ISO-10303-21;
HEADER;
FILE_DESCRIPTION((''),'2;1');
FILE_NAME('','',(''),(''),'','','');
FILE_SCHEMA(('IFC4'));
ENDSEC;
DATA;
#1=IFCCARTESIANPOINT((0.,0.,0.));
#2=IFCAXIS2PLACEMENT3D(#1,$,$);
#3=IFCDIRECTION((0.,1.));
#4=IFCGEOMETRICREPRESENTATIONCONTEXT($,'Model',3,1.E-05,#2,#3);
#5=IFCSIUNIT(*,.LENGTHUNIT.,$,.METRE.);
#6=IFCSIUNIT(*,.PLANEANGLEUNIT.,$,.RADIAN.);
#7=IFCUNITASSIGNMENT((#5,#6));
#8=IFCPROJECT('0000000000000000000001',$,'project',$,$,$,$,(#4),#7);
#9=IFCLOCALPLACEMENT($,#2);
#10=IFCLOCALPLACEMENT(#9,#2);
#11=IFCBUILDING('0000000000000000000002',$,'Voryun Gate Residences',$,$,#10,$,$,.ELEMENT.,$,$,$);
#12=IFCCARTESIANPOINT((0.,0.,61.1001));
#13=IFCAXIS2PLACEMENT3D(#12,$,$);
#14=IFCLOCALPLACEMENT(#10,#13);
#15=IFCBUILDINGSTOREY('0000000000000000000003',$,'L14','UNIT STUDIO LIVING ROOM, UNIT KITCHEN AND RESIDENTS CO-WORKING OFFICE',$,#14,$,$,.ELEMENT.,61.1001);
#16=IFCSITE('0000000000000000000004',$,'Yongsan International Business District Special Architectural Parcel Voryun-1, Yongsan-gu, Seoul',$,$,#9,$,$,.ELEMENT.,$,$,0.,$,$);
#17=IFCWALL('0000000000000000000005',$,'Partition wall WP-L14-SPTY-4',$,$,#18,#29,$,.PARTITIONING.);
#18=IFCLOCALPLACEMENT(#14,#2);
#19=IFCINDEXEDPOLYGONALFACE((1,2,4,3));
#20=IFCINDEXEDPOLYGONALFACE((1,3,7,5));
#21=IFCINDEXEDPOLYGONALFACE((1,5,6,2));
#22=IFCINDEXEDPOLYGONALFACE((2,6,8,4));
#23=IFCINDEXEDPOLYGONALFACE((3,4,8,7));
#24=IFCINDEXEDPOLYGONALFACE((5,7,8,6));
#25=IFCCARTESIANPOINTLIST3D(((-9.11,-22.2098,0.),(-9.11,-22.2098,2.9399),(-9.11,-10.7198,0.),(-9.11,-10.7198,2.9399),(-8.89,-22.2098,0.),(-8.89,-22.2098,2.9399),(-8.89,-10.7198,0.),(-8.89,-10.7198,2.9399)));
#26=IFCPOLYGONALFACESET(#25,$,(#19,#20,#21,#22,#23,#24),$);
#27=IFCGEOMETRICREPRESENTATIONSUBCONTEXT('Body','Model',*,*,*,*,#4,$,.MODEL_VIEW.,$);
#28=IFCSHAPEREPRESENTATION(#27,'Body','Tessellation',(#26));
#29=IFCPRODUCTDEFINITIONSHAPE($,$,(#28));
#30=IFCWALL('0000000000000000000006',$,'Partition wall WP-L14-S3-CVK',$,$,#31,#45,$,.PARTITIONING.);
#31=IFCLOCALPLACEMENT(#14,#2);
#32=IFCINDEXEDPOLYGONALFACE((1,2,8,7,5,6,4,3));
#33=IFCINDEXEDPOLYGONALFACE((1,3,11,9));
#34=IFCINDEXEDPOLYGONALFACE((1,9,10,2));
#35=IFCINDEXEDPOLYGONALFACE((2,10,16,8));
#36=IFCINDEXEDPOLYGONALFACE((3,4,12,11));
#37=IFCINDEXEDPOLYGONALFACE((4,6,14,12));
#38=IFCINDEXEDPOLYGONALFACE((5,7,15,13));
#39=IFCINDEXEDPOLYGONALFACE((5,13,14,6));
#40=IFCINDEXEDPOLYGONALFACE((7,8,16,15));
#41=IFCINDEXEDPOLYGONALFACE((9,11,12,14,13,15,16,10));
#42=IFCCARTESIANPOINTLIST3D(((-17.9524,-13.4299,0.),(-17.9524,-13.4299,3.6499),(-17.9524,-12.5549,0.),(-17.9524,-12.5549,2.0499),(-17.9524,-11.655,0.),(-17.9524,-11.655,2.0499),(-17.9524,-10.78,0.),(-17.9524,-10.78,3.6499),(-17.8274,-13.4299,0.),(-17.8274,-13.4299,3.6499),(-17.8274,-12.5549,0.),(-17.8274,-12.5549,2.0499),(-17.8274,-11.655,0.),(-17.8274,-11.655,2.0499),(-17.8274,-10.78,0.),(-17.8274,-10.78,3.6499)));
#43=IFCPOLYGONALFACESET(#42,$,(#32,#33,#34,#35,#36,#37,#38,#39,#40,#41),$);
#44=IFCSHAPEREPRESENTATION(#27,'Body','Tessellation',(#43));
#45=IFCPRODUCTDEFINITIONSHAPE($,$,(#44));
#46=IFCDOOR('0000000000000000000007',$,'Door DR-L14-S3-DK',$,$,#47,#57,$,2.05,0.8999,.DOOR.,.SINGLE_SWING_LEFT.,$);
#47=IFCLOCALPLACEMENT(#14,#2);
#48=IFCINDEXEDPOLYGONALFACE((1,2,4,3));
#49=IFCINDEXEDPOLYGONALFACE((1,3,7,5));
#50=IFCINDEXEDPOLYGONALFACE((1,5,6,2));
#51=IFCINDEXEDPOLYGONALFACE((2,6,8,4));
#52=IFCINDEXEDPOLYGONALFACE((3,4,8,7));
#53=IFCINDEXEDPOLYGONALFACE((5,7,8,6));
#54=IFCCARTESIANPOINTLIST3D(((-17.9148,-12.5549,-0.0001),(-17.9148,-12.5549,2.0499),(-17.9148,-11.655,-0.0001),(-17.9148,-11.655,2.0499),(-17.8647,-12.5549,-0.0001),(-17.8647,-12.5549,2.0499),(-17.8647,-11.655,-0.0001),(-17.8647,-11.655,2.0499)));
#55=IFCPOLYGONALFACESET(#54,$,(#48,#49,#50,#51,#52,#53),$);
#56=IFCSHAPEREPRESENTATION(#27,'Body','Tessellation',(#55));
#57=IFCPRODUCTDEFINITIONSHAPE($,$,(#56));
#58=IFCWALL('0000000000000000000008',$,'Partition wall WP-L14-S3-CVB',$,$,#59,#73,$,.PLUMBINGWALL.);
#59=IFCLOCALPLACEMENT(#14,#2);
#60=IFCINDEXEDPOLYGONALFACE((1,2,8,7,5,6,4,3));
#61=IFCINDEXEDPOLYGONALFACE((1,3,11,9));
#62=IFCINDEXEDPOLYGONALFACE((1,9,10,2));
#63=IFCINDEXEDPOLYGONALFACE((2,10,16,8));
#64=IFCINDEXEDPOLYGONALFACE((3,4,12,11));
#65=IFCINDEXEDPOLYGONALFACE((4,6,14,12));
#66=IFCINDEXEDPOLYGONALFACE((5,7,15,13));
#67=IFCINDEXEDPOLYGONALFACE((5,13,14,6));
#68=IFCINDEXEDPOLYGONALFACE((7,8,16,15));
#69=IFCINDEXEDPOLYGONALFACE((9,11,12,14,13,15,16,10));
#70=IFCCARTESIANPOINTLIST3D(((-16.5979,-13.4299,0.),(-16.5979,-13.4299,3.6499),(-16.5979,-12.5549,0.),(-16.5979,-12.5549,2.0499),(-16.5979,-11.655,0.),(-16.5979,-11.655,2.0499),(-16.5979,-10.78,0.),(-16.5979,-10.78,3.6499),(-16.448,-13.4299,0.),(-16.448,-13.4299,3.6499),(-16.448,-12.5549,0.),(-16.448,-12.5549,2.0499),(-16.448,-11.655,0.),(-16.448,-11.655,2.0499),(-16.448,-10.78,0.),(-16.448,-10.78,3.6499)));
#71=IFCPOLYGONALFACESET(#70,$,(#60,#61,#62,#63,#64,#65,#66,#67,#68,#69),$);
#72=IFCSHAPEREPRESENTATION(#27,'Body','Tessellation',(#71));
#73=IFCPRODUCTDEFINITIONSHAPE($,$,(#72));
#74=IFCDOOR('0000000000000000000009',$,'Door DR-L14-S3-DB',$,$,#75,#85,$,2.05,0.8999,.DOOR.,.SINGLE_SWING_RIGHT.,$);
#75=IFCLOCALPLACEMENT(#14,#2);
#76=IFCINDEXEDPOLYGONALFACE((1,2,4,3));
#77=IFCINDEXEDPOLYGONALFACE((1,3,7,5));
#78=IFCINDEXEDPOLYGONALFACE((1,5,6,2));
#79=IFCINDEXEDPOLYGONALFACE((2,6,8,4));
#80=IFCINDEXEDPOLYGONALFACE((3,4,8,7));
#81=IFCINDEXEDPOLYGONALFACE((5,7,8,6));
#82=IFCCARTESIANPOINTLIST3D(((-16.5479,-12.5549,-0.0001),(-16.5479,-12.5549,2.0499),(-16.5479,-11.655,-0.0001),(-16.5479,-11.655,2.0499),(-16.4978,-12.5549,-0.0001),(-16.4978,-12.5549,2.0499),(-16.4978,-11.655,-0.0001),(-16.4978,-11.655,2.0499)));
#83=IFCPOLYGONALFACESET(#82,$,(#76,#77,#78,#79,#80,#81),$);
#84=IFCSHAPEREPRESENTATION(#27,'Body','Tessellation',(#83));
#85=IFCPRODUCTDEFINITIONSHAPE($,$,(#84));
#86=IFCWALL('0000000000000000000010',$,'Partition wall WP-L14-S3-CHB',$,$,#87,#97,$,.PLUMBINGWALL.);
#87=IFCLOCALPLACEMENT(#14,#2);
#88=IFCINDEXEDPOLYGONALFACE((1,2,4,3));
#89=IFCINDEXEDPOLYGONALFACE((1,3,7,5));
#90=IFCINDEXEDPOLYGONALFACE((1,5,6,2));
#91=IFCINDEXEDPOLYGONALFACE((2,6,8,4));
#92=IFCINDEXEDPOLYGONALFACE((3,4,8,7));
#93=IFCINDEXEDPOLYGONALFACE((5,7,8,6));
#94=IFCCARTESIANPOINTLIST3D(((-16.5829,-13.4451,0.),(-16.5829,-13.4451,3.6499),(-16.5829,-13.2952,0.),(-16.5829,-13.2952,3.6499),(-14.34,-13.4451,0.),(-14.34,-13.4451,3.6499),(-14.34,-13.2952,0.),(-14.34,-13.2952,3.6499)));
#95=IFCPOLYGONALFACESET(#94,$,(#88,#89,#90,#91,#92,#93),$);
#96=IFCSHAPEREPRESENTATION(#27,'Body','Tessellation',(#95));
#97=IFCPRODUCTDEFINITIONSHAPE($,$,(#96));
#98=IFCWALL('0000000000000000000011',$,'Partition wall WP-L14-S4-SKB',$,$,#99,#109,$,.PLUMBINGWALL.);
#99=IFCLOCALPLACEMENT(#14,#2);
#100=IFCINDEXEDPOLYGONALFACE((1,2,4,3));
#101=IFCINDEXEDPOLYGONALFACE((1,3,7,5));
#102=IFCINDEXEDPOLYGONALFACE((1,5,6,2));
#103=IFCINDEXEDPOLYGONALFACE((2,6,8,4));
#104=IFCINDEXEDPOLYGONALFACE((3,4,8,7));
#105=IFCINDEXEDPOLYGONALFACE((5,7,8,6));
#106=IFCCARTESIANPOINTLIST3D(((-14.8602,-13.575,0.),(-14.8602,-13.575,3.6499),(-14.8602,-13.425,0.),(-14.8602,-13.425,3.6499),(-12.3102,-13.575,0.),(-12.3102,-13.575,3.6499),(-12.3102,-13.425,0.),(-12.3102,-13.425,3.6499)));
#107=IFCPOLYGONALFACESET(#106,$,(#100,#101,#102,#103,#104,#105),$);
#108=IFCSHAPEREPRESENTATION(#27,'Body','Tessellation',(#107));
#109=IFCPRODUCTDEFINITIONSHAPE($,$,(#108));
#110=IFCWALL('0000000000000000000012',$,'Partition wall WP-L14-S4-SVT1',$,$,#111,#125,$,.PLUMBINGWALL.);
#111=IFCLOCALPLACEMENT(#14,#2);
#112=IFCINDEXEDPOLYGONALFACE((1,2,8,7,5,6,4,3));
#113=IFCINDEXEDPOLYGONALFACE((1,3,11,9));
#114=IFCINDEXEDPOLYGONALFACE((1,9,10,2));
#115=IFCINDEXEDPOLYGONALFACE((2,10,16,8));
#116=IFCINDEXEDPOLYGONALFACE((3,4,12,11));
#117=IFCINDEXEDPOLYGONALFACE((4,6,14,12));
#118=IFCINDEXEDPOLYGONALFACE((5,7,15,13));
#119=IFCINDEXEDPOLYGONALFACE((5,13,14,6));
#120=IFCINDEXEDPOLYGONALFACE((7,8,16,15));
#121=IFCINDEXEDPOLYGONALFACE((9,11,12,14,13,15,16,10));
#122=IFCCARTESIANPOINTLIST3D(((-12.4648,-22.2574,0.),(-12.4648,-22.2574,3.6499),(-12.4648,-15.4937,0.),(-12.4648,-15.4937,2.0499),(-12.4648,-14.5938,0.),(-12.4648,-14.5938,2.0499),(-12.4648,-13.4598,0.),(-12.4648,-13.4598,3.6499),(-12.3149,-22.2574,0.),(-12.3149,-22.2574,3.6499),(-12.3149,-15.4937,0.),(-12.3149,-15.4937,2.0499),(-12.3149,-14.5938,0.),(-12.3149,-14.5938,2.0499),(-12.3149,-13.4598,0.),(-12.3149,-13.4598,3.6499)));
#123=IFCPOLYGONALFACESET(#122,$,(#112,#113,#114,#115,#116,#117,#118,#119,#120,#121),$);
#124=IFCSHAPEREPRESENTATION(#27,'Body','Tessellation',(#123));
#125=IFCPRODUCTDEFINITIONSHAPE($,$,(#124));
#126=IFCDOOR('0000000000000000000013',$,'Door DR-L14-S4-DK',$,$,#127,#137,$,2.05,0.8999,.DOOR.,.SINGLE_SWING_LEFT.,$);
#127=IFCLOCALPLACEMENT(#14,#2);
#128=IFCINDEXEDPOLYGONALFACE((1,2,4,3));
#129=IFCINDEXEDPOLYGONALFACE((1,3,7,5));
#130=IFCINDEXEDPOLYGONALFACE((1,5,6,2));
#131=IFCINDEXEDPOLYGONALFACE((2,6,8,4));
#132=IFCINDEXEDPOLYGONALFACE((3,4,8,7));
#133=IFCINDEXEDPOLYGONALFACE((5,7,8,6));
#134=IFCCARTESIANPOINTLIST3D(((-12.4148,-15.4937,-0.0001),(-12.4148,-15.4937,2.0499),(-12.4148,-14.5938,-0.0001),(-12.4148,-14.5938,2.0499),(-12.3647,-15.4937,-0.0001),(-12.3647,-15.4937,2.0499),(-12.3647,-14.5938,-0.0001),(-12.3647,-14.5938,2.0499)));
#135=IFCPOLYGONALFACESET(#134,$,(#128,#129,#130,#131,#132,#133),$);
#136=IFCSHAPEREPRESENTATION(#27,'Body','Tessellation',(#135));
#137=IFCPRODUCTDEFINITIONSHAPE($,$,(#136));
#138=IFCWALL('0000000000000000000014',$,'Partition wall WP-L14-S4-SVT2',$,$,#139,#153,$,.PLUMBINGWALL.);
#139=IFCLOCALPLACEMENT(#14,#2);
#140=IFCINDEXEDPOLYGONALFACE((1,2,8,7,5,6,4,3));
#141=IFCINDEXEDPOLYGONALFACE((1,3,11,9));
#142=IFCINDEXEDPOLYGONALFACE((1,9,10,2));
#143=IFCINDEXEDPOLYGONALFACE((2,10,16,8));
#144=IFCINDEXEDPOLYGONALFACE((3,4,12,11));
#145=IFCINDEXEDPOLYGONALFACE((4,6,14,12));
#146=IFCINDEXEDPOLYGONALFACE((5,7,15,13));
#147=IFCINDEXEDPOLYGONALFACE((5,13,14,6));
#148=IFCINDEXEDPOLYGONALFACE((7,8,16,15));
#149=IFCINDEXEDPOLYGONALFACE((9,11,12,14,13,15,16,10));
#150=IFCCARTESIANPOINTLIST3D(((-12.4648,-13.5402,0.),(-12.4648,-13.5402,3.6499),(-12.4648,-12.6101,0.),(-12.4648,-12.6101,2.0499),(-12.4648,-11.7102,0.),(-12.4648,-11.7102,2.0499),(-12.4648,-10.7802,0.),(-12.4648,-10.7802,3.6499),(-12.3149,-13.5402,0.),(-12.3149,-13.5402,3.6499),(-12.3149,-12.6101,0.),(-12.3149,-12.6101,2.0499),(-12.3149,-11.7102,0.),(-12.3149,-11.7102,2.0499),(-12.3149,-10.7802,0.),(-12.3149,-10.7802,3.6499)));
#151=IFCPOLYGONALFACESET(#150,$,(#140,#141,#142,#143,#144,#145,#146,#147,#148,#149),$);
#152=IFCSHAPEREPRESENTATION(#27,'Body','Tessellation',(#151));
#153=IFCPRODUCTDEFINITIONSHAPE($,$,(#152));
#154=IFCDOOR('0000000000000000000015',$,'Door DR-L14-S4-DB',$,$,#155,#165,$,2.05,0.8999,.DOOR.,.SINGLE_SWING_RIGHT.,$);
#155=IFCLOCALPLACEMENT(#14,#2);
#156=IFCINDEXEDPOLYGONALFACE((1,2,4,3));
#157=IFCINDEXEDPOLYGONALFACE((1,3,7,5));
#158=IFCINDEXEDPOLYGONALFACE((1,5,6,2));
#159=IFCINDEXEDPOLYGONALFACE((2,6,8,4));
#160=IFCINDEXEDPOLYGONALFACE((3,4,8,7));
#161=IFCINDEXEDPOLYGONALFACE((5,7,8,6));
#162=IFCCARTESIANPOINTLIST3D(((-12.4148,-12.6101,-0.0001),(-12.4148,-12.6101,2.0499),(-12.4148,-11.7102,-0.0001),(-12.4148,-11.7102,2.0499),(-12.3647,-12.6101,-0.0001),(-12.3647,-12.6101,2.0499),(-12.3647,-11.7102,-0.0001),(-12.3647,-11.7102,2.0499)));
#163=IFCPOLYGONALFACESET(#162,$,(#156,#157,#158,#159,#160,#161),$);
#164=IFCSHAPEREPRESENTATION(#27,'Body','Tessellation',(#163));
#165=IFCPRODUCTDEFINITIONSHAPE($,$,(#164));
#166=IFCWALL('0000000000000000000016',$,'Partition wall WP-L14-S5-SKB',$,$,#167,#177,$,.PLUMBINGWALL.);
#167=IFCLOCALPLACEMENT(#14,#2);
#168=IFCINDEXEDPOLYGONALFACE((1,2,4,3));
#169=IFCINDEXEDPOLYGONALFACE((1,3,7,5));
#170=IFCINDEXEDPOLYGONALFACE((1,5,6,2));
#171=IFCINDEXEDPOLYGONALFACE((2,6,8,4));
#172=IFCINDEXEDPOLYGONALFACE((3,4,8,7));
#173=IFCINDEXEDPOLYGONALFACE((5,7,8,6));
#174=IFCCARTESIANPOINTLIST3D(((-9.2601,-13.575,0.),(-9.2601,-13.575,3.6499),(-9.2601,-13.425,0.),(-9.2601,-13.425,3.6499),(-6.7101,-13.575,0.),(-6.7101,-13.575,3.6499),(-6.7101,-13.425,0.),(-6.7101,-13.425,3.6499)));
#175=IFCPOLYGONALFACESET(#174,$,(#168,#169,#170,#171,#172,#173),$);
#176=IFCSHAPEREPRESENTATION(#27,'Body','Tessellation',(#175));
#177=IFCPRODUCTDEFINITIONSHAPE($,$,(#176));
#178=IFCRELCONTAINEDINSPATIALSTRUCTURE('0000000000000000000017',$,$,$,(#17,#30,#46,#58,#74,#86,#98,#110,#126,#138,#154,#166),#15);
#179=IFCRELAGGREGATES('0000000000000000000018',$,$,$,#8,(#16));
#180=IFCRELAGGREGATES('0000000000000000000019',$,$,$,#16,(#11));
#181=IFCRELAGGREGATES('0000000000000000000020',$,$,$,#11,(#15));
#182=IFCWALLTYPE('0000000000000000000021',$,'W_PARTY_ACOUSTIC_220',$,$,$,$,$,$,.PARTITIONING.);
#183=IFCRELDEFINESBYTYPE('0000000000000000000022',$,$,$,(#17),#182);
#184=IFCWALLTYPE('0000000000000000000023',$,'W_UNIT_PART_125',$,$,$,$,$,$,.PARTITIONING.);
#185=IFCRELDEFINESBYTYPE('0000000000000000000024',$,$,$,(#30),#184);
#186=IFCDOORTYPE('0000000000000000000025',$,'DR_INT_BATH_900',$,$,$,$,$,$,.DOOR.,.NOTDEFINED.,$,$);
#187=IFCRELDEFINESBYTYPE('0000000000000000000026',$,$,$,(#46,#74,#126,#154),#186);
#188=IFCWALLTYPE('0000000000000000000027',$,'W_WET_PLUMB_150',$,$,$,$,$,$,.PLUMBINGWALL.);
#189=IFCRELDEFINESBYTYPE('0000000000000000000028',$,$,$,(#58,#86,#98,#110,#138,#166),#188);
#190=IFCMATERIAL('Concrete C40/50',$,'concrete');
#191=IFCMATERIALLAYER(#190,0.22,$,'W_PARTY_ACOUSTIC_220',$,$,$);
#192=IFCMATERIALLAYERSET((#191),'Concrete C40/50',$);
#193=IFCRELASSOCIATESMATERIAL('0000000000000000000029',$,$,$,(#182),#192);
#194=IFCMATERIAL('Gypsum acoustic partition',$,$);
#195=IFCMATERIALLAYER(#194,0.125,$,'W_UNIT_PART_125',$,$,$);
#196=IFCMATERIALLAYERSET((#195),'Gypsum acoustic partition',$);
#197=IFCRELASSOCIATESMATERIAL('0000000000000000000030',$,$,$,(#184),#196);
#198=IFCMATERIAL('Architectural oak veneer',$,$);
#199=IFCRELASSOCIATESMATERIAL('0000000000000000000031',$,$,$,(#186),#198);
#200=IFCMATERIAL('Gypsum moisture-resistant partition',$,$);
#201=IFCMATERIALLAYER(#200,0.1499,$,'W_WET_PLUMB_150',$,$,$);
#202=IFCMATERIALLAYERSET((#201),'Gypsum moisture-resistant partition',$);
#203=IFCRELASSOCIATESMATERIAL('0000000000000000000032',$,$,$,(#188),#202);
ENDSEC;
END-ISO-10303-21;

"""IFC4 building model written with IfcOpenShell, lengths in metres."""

from ifc_helpers import new_model, si_unit, direction, frame, frame_2d, origin, place, context, subcontext, project, spatial, rectangle, extrude, material, layer, layer_set, type_object, element, fill, save


model = new_model("IFC4")

# Units and contexts
model_context = context("Model", 3, precision=1e-05, world=origin(), true_north=direction((0.0, 1.0)))
body_context = subcontext(model_context, "Body", "Model", "MODEL_VIEW")
ifc_project = project(units=[si_unit("LENGTHUNIT", "METRE"), si_unit("PLANEANGLEUNIT", "RADIAN")], contexts=[model_context])

# Site, building, storey
site_placement = place(None, origin())
site = spatial("IfcSite", under=ifc_project, at=site_placement, Name="Yongsan International Business District Special Architectural Parcel Voryun-1, Yongsan-gu, Seoul", CompositionType="ELEMENT", RefElevation=0.0)
building_placement = place(site_placement, origin())
building = spatial("IfcBuilding", under=site, at=building_placement, Name="Voryun Gate Residences", CompositionType="ELEMENT")
storey_placement = place(building_placement, frame((0.0, 0.0, 61.1001)))
storey = spatial("IfcBuildingStorey", under=building, at=storey_placement, Name="L14", Description="UNIT STUDIO LIVING ROOM, UNIT KITCHEN AND RESIDENTS CO-WORKING OFFICE", CompositionType="ELEMENT", Elevation=61.1001)

# Wall
ifc_material_1 = material(Name="Concrete C40/50", Category="concrete")
ifc_layer_1 = layer(ifc_material_1, 0.22, Name="W_PARTY_ACOUSTIC_220")
ifc_layer_set_1 = layer_set([ifc_layer_1], Name="Concrete C40/50")
wall_type_1 = type_object("IfcWallType", Name="W_PARTY_ACOUSTIC_220", PredefinedType="PARTITIONING", material=ifc_layer_set_1)
wall_1_placement = place(storey_placement, frame((-9.0, -22.21, 0.0), z_axis=(0.0, 0.0, 1.0), x_axis=(0.0, 1.0, 0.0)))
element("IfcWall", 1, at=wall_1_placement, inside=storey, type_object=wall_type_1, Name="Partition wall WP-L14-SPTY-4", PredefinedType="PARTITIONING", context=body_context, shape_type="SweptSolid", body=[
    extrude(rectangle(XDim=11.49, YDim=0.22, at=frame_2d((5.7451, 0.0))), origin(), (0.0, 0.0, 1.0), 2.9399),
])

# Walls, openings, doors
ifc_material_2 = material(Name="Gypsum acoustic partition")
ifc_layer_2 = layer(ifc_material_2, 0.125, Name="W_UNIT_PART_125")
ifc_layer_set_2 = layer_set([ifc_layer_2], Name="Gypsum acoustic partition")
wall_type_2 = type_object("IfcWallType", Name="W_UNIT_PART_125", PredefinedType="PARTITIONING", material=ifc_layer_set_2)
wall_2_placement = place(storey_placement, frame((-17.8899, -13.4299, 0.0), z_axis=(0.0, 0.0, 1.0), x_axis=(0.0, 1.0, 0.0)))
wall_2 = element("IfcWall", 2, at=wall_2_placement, inside=storey, type_object=wall_type_2, Name="Partition wall WP-L14-S3-CVK", PredefinedType="PARTITIONING", context=body_context, shape_type="SweptSolid", body=[
    extrude(rectangle(XDim=2.6499, YDim=0.125, at=frame_2d((1.325, 0.0))), origin(), (0.0, 0.0, 1.0), 3.6499),
])
opening_1_placement = place(wall_2_placement, frame((0.875, 0.0, 0.0)))
opening_1 = element("IfcOpeningElement", 3, at=opening_1_placement, cuts=wall_2, PredefinedType="OPENING", context=body_context, shape_type="SweptSolid", body=[
    extrude(rectangle(XDim=0.8999, YDim=2.05, at=frame_2d((0.45, 1.0249))), frame((0.0, 0.0725, 0.0), z_axis=(0.0, -1.0, 0.0), x_axis=(1.0, 0.0, 0.0)), (0.0, 0.0, 1.0), 0.145),
])
ifc_material_3 = material(Name="Architectural oak veneer")
door_type = type_object("IfcDoorType", Name="DR_INT_BATH_900", OperationType="NOTDEFINED", PredefinedType="DOOR", material=ifc_material_3)
door_1_placement = place(opening_1_placement, origin())
door_1 = element("IfcDoor", 4, at=door_1_placement, inside=storey, type_object=door_type, Name="Door DR-L14-S3-DK", OperationType="SINGLE_SWING_LEFT", OverallHeight=2.05, OverallWidth=0.8999, PredefinedType="DOOR", context=body_context, shape_type="SweptSolid", body=[
    extrude(rectangle(XDim=0.8999, YDim=2.05, at=frame_2d((0.45, 1.0249))), frame((0.0, 0.0249, 0.0), z_axis=(0.0, -1.0, 0.0), x_axis=(1.0, 0.0, 0.0)), (0.0, 0.0, 1.0), 0.05),
])
fill(opening_1, door_1)
ifc_material_4 = material(Name="Gypsum moisture-resistant partition")
ifc_layer_3 = layer(ifc_material_4, 0.1499, Name="W_WET_PLUMB_150")
ifc_layer_set_3 = layer_set([ifc_layer_3], Name="Gypsum moisture-resistant partition")
wall_type_3 = type_object("IfcWallType", Name="W_WET_PLUMB_150", PredefinedType="PLUMBINGWALL", material=ifc_layer_set_3)
wall_3_placement = place(storey_placement, frame((-16.5229, -13.4299, 0.0), z_axis=(0.0, 0.0, 1.0), x_axis=(0.0, 1.0, 0.0)))
wall_3 = element("IfcWall", 5, at=wall_3_placement, inside=storey, type_object=wall_type_3, Name="Partition wall WP-L14-S3-CVB", PredefinedType="PLUMBINGWALL", context=body_context, shape_type="SweptSolid", body=[
    extrude(rectangle(XDim=2.6499, YDim=0.1499, at=frame_2d((1.325, 0.0))), origin(), (0.0, 0.0, 1.0), 3.6499),
])
opening_2_placement = place(wall_3_placement, frame((0.875, 0.0, 0.0)))
opening_2 = element("IfcOpeningElement", 6, at=opening_2_placement, cuts=wall_3, PredefinedType="OPENING", context=body_context, shape_type="SweptSolid", body=[
    extrude(rectangle(XDim=0.8999, YDim=2.05, at=frame_2d((0.45, 1.0249))), frame((0.0, 0.085, 0.0), z_axis=(0.0, -1.0, 0.0), x_axis=(1.0, 0.0, 0.0)), (0.0, 0.0, 1.0), 0.1699),
])
door_2_placement = place(opening_2_placement, origin())
door_2 = element("IfcDoor", 7, at=door_2_placement, inside=storey, type_object=door_type, Name="Door DR-L14-S3-DB", OperationType="SINGLE_SWING_RIGHT", OverallHeight=2.05, OverallWidth=0.8999, PredefinedType="DOOR", context=body_context, shape_type="SweptSolid", body=[
    extrude(rectangle(XDim=0.8999, YDim=2.05, at=frame_2d((0.45, 1.0249))), frame((0.0, 0.0249, 0.0), z_axis=(0.0, -1.0, 0.0), x_axis=(1.0, 0.0, 0.0)), (0.0, 0.0, 1.0), 0.05),
])
fill(opening_2, door_2)

# Walls
wall_4_placement = place(storey_placement, frame((-16.583, -13.3701, 0.0), z_axis=(0.0, 0.0, 1.0), x_axis=(1.0, 0.0, 0.0)))
element("IfcWall", 8, at=wall_4_placement, inside=storey, type_object=wall_type_3, Name="Partition wall WP-L14-S3-CHB", PredefinedType="PLUMBINGWALL", context=body_context, shape_type="SweptSolid", body=[
    extrude(rectangle(XDim=2.2429, YDim=0.1499, at=frame_2d((1.1216, 0.0))), origin(), (0.0, 0.0, 1.0), 3.6499),
])
wall_5_placement = place(storey_placement, frame((-14.8601, -13.5, 0.0), z_axis=(0.0, 0.0, 1.0), x_axis=(1.0, 0.0, 0.0)))
element("IfcWall", 9, at=wall_5_placement, inside=storey, type_object=wall_type_3, Name="Partition wall WP-L14-S4-SKB", PredefinedType="PLUMBINGWALL", context=body_context, shape_type="SweptSolid", body=[
    extrude(rectangle(XDim=2.55, YDim=0.1499, at=frame_2d((1.2749, 0.0))), origin(), (0.0, 0.0, 1.0), 3.6499),
])

# Walls, openings, doors
wall_6_placement = place(storey_placement, frame((-12.3899, -22.2576, 0.0), z_axis=(0.0, 0.0, 1.0), x_axis=(0.0, 1.0, 0.0)))
wall_6 = element("IfcWall", 10, at=wall_6_placement, inside=storey, type_object=wall_type_3, Name="Partition wall WP-L14-S4-SVT1", PredefinedType="PLUMBINGWALL", context=body_context, shape_type="SweptSolid", body=[
    extrude(rectangle(XDim=8.7976, YDim=0.1499, at=frame_2d((4.3989, 0.0))), origin(), (0.0, 0.0, 1.0), 3.6499),
])
opening_3_placement = place(wall_6_placement, frame((6.7639, 0.0, 0.0)))
opening_3 = element("IfcOpeningElement", 11, at=opening_3_placement, cuts=wall_6, PredefinedType="OPENING", context=body_context, shape_type="SweptSolid", body=[
    extrude(rectangle(XDim=0.8999, YDim=2.05, at=frame_2d((0.45, 1.0249))), frame((0.0, 0.085, 0.0), z_axis=(0.0, -1.0, 0.0), x_axis=(1.0, 0.0, 0.0)), (0.0, 0.0, 1.0), 0.1699),
])
door_3_placement = place(opening_3_placement, origin())
door_3 = element("IfcDoor", 12, at=door_3_placement, inside=storey, type_object=door_type, Name="Door DR-L14-S4-DK", OperationType="SINGLE_SWING_LEFT", OverallHeight=2.05, OverallWidth=0.8999, PredefinedType="DOOR", context=body_context, shape_type="SweptSolid", body=[
    extrude(rectangle(XDim=0.8999, YDim=2.05, at=frame_2d((0.45, 1.0249))), frame((0.0, 0.0249, 0.0), z_axis=(0.0, -1.0, 0.0), x_axis=(1.0, 0.0, 0.0)), (0.0, 0.0, 1.0), 0.05),
])
fill(opening_3, door_3)
wall_7_placement = place(storey_placement, frame((-12.3899, -13.54, 0.0), z_axis=(0.0, 0.0, 1.0), x_axis=(0.0, 1.0, 0.0)))
wall_7 = element("IfcWall", 13, at=wall_7_placement, inside=storey, type_object=wall_type_3, Name="Partition wall WP-L14-S4-SVT2", PredefinedType="PLUMBINGWALL", context=body_context, shape_type="SweptSolid", body=[
    extrude(rectangle(XDim=2.76, YDim=0.1499, at=frame_2d((1.3799, 0.0))), origin(), (0.0, 0.0, 1.0), 3.6499),
])
opening_4_placement = place(wall_7_placement, frame((0.9299, 0.0, 0.0)))
opening_4 = element("IfcOpeningElement", 14, at=opening_4_placement, cuts=wall_7, PredefinedType="OPENING", context=body_context, shape_type="SweptSolid", body=[
    extrude(rectangle(XDim=0.8999, YDim=2.05, at=frame_2d((0.45, 1.0249))), frame((0.0, 0.085, 0.0), z_axis=(0.0, -1.0, 0.0), x_axis=(1.0, 0.0, 0.0)), (0.0, 0.0, 1.0), 0.1699),
])
door_4_placement = place(opening_4_placement, origin())
door_4 = element("IfcDoor", 15, at=door_4_placement, inside=storey, type_object=door_type, Name="Door DR-L14-S4-DB", OperationType="SINGLE_SWING_RIGHT", OverallHeight=2.05, OverallWidth=0.8999, PredefinedType="DOOR", context=body_context, shape_type="SweptSolid", body=[
    extrude(rectangle(XDim=0.8999, YDim=2.05, at=frame_2d((0.45, 1.0249))), frame((0.0, 0.0249, 0.0), z_axis=(0.0, -1.0, 0.0), x_axis=(1.0, 0.0, 0.0)), (0.0, 0.0, 1.0), 0.05),
])
fill(opening_4, door_4)

# Wall
wall_8_placement = place(storey_placement, frame((-9.26, -13.5, 0.0), z_axis=(0.0, 0.0, 1.0), x_axis=(1.0, 0.0, 0.0)))
element("IfcWall", 16, at=wall_8_placement, inside=storey, type_object=wall_type_3, Name="Partition wall WP-L14-S5-SKB", PredefinedType="PLUMBINGWALL", context=body_context, shape_type="SweptSolid", body=[
    extrude(rectangle(XDim=2.55, YDim=0.1499, at=frame_2d((1.2749, 0.0))), origin(), (0.0, 0.0, 1.0), 3.6499),
])

save(model, "model.ifc")
